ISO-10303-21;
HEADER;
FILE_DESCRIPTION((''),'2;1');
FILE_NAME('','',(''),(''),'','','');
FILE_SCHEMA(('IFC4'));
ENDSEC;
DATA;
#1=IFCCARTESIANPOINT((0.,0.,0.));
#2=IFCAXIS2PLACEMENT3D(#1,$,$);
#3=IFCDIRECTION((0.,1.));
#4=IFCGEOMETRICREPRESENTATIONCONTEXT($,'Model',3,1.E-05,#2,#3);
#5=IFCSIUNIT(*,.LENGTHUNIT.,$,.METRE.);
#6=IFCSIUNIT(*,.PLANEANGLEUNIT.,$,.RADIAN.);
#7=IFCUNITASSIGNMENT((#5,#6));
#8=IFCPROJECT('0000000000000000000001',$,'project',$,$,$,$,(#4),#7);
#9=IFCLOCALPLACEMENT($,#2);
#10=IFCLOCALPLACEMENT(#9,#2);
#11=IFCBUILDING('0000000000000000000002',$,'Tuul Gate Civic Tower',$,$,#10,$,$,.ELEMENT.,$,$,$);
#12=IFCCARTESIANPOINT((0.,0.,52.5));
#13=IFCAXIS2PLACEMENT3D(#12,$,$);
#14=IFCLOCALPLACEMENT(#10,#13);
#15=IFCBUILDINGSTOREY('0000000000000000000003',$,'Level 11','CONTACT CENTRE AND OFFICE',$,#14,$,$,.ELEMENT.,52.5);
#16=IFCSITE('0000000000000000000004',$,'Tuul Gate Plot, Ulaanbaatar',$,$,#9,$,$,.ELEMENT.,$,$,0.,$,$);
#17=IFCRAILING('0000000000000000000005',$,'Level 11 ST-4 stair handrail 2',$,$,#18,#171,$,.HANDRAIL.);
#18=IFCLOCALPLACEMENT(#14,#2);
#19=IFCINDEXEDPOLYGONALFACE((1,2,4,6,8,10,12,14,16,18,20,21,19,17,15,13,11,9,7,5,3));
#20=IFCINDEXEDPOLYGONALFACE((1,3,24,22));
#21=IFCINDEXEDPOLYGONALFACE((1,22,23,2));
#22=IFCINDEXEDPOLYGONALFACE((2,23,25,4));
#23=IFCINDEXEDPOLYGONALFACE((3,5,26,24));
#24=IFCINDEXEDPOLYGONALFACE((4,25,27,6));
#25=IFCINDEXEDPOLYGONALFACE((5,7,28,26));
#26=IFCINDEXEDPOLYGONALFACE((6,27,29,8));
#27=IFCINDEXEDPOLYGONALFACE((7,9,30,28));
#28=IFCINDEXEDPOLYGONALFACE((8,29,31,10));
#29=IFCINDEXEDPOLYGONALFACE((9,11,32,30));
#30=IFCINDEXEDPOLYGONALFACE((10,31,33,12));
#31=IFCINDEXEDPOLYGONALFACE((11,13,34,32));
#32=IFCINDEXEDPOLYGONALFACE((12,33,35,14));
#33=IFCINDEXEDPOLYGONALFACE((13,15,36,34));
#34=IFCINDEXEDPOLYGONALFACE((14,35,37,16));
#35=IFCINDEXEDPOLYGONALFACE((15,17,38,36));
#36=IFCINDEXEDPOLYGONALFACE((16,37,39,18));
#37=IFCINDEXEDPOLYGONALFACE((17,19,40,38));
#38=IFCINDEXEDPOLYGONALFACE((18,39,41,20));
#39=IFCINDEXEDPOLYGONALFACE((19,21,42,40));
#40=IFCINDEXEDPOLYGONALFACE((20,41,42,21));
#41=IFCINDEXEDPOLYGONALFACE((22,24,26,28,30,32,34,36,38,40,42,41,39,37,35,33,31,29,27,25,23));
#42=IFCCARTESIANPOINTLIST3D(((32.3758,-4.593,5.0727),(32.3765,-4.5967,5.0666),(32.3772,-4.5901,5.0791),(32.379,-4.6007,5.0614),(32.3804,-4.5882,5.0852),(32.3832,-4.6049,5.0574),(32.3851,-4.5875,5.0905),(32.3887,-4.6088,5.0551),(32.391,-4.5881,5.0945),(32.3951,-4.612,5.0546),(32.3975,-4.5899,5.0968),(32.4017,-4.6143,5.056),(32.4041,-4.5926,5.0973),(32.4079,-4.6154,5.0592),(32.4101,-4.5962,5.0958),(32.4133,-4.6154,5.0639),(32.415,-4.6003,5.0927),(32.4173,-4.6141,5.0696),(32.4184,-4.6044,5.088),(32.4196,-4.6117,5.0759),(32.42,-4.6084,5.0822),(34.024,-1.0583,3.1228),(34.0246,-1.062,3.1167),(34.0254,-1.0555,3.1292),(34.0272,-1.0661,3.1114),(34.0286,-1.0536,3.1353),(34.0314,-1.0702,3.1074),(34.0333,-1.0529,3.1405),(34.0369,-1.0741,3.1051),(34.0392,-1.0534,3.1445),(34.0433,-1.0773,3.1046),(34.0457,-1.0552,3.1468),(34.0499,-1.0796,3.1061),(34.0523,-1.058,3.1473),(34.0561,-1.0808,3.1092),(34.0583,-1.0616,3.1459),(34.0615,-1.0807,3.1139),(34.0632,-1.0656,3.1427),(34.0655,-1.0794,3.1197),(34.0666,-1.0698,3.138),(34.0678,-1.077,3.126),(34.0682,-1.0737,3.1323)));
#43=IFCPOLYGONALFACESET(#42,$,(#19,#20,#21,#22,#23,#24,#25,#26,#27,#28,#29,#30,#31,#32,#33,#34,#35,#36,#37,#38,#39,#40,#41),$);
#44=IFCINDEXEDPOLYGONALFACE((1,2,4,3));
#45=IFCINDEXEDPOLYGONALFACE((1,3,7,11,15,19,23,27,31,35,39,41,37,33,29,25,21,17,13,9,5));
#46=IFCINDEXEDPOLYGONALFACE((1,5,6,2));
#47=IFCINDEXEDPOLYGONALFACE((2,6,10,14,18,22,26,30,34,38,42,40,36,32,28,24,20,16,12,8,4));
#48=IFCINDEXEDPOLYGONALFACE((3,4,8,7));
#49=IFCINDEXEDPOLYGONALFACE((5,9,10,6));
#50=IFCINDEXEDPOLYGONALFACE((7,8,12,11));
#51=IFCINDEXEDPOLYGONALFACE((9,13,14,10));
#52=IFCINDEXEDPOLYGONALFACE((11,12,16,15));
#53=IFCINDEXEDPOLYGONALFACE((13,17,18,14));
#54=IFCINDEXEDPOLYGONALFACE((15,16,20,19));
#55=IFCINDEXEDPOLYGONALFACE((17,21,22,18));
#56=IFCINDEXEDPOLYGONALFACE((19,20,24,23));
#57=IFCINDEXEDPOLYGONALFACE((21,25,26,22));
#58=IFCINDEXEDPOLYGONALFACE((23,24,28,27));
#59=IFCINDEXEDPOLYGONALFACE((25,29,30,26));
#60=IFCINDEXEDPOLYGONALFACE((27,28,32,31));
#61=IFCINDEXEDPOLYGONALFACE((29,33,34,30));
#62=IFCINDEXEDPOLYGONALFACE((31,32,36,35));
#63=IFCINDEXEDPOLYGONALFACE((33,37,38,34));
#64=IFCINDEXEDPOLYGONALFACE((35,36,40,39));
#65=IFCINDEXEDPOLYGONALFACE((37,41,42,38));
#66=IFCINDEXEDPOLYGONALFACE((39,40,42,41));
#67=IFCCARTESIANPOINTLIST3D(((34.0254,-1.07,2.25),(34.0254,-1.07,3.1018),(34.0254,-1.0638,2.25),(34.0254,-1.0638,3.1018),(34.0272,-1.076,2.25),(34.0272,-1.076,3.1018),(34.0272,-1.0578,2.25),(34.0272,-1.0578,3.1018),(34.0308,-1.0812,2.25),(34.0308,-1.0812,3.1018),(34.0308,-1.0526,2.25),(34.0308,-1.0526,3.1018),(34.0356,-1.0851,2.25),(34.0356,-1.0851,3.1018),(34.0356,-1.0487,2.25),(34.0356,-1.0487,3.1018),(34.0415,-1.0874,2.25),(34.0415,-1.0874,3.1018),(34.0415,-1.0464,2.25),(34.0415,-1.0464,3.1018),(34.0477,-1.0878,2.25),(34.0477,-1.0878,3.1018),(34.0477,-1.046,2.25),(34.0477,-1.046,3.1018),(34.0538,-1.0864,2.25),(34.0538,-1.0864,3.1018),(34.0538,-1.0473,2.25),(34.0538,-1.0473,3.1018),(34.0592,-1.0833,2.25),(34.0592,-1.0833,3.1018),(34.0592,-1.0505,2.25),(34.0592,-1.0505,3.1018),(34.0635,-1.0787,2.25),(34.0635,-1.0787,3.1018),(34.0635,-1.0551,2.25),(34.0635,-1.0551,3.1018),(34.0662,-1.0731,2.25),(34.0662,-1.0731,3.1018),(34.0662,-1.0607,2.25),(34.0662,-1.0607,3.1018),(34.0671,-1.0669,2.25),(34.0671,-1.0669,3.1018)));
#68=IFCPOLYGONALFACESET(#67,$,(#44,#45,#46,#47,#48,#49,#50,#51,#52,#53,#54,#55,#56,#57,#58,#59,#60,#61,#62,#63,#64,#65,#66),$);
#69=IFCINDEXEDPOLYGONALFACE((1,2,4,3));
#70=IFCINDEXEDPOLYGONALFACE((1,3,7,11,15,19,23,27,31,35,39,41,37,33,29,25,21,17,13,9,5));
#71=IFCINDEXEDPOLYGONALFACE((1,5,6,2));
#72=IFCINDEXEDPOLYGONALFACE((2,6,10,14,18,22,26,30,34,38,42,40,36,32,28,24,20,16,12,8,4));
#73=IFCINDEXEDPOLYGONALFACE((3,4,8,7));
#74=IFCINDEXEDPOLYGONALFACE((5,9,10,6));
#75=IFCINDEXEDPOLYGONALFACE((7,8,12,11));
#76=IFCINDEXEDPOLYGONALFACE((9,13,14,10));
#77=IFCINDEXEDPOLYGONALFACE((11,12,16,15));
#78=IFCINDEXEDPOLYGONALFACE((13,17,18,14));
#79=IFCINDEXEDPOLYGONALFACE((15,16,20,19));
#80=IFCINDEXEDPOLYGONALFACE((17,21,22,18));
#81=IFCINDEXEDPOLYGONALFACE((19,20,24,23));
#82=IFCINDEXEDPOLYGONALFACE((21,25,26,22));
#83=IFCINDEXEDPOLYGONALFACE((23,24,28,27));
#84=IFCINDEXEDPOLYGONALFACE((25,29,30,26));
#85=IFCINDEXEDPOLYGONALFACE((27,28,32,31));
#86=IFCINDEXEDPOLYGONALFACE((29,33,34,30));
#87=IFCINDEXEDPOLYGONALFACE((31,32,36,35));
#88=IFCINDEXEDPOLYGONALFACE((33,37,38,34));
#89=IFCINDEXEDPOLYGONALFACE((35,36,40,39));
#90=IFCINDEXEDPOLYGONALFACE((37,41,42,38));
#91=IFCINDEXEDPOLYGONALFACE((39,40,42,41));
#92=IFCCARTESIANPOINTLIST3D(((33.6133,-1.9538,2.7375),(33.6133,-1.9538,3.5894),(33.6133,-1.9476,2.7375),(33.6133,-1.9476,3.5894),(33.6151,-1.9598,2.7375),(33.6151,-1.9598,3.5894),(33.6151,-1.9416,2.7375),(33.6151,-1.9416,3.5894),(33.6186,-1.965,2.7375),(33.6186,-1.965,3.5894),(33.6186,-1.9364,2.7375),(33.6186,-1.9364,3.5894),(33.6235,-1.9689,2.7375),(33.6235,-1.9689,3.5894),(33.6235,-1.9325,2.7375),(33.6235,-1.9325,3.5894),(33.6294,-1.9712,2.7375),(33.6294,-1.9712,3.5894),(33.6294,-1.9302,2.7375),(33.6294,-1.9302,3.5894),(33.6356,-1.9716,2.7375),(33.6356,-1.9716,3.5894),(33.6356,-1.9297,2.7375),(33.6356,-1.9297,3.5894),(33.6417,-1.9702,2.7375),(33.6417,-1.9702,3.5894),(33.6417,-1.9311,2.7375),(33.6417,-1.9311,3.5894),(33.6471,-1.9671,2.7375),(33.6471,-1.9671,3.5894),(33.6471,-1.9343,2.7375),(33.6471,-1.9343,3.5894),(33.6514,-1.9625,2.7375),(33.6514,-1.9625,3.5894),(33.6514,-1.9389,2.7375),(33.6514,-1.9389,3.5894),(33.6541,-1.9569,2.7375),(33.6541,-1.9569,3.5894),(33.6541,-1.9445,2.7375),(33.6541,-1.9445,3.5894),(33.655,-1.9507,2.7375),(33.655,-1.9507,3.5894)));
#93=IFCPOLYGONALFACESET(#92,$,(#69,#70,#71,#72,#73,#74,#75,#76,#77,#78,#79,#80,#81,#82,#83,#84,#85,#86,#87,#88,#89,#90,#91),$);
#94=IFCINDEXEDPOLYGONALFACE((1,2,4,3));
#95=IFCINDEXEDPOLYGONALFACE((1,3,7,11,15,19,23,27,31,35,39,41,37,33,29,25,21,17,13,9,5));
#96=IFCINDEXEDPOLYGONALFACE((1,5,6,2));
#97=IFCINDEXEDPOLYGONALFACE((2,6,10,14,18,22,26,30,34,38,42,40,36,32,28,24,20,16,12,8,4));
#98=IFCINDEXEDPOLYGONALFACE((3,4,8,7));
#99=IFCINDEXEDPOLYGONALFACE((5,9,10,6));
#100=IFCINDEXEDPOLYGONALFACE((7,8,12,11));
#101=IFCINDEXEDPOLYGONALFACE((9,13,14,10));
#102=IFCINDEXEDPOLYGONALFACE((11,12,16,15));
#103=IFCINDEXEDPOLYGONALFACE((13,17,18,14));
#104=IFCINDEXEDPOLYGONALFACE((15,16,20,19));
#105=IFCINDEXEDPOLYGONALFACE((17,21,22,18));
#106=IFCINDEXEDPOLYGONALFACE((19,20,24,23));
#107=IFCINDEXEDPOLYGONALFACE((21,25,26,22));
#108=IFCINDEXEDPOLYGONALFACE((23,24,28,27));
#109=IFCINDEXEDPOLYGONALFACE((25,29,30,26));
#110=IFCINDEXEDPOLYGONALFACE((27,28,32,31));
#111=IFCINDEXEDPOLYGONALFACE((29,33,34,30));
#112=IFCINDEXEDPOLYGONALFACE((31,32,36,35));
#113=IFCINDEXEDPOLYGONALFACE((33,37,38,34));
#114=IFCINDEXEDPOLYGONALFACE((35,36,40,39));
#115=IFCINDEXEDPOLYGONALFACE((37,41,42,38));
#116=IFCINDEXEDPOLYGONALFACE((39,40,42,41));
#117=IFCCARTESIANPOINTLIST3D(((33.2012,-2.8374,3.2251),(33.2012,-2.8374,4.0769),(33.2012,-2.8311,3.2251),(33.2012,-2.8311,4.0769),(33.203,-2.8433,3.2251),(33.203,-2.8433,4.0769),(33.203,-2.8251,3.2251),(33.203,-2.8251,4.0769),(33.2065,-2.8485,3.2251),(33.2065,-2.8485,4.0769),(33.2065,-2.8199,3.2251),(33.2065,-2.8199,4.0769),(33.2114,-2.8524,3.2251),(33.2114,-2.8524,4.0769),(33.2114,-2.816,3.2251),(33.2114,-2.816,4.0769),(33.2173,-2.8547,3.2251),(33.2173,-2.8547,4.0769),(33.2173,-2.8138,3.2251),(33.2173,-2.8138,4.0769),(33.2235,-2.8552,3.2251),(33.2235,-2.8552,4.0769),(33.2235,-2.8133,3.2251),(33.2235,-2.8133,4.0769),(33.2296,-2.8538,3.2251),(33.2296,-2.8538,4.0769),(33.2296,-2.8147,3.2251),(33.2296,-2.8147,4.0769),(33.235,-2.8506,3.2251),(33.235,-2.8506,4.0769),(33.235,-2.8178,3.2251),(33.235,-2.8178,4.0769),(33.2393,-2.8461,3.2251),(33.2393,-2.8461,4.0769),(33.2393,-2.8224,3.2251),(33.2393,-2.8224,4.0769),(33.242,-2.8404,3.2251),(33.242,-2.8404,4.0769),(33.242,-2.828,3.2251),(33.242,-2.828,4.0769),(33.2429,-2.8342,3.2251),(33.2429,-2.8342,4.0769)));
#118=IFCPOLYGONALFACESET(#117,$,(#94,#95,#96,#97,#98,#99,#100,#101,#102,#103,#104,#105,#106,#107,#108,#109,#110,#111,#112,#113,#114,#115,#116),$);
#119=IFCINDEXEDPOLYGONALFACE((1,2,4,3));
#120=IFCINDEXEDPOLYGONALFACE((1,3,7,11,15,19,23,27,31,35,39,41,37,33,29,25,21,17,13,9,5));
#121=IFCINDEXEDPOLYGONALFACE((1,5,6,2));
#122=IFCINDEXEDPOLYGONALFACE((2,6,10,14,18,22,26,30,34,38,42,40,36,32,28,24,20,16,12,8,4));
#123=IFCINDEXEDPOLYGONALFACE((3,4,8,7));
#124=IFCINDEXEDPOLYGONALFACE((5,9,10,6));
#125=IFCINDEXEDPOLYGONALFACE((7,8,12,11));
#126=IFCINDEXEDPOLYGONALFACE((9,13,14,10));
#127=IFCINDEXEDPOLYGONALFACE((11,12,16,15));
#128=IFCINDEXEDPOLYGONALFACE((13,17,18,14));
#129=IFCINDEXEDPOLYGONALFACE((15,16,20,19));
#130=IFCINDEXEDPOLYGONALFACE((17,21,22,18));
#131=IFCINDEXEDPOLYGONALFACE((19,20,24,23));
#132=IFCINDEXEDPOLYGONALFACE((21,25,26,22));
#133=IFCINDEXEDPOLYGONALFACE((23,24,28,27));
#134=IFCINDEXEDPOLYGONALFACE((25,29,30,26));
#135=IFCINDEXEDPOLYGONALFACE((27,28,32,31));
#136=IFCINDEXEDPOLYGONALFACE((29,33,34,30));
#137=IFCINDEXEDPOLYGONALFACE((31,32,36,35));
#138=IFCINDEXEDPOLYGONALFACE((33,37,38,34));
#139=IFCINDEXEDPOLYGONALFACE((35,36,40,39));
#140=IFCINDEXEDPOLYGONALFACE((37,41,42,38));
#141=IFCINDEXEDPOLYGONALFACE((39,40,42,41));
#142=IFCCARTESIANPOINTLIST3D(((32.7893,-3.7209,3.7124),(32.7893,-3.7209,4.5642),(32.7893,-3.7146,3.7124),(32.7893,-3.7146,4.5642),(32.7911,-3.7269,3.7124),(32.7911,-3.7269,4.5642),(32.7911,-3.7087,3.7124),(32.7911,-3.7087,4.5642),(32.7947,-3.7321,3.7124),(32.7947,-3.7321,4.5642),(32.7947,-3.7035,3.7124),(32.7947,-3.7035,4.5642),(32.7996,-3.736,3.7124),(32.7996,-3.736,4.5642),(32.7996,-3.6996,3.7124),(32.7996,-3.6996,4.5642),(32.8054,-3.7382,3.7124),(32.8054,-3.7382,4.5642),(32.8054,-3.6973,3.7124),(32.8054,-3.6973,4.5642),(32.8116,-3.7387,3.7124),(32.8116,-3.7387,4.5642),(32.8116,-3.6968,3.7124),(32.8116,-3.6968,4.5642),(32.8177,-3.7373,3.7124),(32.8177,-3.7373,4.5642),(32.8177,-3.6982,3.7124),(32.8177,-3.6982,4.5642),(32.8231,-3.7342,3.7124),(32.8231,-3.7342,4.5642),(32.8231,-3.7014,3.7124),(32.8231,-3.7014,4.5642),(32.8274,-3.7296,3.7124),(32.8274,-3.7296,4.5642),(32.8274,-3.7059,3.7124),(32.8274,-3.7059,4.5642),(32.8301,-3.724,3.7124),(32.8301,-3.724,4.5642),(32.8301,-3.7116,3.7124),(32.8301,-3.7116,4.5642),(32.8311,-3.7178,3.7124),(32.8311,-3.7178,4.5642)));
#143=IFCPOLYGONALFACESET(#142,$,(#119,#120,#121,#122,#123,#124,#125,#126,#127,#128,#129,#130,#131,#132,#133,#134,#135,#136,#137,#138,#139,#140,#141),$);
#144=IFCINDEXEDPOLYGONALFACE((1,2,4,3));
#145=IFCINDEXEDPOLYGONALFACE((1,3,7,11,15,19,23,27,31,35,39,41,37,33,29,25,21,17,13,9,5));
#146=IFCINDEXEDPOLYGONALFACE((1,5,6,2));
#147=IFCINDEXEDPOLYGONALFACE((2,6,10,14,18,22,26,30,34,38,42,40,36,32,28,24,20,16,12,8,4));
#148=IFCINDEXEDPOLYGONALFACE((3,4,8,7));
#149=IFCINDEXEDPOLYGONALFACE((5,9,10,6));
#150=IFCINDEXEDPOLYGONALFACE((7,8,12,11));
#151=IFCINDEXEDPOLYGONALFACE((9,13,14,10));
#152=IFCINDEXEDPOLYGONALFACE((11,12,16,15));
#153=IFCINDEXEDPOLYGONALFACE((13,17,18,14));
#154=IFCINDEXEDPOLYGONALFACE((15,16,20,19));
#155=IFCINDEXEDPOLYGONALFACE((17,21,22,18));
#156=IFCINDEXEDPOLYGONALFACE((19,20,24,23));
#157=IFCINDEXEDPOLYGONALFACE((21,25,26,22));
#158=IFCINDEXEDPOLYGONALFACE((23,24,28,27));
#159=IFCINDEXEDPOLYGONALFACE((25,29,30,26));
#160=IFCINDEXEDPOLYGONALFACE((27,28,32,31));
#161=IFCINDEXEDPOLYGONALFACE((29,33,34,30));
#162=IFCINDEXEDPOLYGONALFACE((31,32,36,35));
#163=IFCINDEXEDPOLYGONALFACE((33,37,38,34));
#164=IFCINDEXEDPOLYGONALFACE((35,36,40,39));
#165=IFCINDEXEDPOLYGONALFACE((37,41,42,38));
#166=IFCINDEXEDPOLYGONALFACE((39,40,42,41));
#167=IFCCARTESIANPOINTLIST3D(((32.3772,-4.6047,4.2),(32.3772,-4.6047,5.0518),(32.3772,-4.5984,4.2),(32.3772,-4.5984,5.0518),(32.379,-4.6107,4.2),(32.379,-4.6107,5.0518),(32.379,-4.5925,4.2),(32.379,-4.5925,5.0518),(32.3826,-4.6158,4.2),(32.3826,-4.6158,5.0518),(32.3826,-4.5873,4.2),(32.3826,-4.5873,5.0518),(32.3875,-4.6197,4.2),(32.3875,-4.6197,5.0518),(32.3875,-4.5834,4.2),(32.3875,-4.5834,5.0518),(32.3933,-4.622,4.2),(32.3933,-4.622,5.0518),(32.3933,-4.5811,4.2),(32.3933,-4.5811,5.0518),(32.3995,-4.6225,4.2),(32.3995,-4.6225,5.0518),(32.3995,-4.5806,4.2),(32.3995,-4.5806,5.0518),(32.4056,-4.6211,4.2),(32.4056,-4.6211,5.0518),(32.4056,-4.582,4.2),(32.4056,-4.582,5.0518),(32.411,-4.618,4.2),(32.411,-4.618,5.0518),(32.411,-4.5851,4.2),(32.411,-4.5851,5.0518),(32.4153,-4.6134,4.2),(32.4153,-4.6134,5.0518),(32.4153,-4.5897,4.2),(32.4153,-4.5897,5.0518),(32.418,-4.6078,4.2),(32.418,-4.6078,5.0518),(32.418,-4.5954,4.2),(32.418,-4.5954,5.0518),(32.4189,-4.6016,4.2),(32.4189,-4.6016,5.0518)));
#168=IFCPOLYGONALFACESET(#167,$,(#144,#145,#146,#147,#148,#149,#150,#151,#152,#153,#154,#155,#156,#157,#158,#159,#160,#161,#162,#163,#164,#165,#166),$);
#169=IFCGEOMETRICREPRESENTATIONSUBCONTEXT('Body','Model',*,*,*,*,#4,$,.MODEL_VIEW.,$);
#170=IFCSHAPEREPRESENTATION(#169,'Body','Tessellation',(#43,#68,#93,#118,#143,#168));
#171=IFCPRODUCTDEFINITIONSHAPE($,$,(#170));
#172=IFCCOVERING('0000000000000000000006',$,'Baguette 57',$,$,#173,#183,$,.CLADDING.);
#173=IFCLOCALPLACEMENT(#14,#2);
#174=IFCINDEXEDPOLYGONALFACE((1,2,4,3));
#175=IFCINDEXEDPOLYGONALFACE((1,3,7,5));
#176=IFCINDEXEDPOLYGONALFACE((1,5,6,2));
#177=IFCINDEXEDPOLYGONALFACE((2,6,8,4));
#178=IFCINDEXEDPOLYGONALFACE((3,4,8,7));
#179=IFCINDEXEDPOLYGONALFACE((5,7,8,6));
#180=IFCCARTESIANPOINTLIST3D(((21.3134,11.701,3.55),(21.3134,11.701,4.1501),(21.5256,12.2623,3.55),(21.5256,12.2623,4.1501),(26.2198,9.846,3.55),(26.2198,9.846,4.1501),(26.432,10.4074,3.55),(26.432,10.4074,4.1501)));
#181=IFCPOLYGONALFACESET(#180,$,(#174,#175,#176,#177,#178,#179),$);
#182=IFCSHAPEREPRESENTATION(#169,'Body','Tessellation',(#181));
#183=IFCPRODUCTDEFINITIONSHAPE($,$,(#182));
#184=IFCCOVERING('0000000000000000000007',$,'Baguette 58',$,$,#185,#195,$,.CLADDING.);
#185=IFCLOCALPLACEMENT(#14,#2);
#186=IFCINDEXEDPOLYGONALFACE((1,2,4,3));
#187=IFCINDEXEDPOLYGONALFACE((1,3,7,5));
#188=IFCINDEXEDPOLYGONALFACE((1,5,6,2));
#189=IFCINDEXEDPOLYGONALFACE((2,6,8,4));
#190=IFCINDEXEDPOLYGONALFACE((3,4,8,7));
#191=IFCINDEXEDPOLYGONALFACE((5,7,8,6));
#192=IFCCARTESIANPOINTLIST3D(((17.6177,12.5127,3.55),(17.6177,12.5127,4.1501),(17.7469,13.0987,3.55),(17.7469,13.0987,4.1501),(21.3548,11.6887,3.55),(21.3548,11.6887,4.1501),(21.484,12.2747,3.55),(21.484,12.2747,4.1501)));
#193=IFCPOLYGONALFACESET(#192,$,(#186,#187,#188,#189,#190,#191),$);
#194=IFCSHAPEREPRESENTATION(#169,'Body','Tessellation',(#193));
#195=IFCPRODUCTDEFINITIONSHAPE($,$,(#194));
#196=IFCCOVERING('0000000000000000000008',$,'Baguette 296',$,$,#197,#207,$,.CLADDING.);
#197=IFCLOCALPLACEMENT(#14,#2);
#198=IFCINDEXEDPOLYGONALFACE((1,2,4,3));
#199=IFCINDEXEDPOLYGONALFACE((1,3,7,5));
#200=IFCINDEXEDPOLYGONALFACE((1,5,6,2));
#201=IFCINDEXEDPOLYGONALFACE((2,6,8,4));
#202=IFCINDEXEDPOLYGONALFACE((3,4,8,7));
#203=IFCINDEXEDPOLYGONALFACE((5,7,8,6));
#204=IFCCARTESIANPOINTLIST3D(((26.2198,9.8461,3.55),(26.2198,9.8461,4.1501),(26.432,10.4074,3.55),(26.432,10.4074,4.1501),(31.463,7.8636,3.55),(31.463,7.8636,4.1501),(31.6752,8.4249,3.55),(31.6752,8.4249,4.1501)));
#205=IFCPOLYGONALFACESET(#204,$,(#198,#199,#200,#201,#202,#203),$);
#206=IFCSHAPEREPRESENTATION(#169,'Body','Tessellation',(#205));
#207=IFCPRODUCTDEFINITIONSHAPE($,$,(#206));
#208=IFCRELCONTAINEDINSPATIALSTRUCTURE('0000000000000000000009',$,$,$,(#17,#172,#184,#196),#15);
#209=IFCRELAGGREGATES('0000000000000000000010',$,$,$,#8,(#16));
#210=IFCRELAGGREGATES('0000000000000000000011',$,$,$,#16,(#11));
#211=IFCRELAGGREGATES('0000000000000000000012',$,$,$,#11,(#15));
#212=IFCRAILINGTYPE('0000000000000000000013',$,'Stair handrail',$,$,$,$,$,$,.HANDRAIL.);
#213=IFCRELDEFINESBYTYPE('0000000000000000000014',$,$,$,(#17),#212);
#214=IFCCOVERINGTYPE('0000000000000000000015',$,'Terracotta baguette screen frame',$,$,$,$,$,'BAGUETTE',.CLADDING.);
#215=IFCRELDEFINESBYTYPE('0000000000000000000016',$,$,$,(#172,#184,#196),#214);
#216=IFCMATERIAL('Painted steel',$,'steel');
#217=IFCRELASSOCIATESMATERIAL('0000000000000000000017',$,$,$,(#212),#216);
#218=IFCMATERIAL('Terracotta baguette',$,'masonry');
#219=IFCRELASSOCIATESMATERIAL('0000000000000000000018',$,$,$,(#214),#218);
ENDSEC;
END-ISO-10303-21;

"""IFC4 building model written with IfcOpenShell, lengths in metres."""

from ifc_helpers import new_model, si_unit, direction, frame, origin, origin_2d, place, context, subcontext, project, spatial, rectangle, circle, extrude, material, material_profile, profile_set, type_object, element, save


model = new_model("IFC4")

# Units and contexts
model_context = context("Model", 3, precision=1e-05, world=origin(), true_north=direction((0.0, 1.0)))
body_context = subcontext(model_context, "Body", "Model", "MODEL_VIEW")
ifc_project = project(units=[si_unit("LENGTHUNIT", "METRE"), si_unit("PLANEANGLEUNIT", "RADIAN")], contexts=[model_context])

# Site, building, storey
site_placement = place(None, origin())
site = spatial("IfcSite", under=ifc_project, at=site_placement, Name="Tuul Gate Plot, Ulaanbaatar", CompositionType="ELEMENT", RefElevation=0.0)
building_placement = place(site_placement, origin())
building = spatial("IfcBuilding", under=site, at=building_placement, Name="Tuul Gate Civic Tower", CompositionType="ELEMENT")
storey_placement = place(building_placement, frame((0.0, 0.0, 52.5)))
storey = spatial("IfcBuildingStorey", under=building, at=storey_placement, Name="Level 11", Description="CONTACT CENTRE AND OFFICE", CompositionType="ELEMENT", Elevation=52.5)

# Railing
ifc_material_1 = material(Name="Painted steel", Category="steel")
railing_type = type_object("IfcRailingType", Name="Stair handrail", PredefinedType="HANDRAIL", material=ifc_material_1)
railing_placement = place(storey_placement, frame((34.0461, -1.0669, 2.25)))
element("IfcRailing", 1, at=railing_placement, inside=storey, type_object=railing_type, Name="Level 11 ST-4 stair handrail 2", PredefinedType="HANDRAIL", context=body_context, shape_type="SweptSolid", body=[
    extrude(circle(Radius=0.0239, at=origin_2d()), frame((0.0, 0.0, 0.876), z_axis=(-0.377995, -0.810637, 0.4472), x_axis=(0.906313, -0.422608, 0.0)), (0.0, 0.0, 1.0), 4.3604),
    extrude(circle(Radius=0.021, at=origin_2d()), origin(), (0.0, 0.0, 1.0), 0.8518),
    extrude(circle(Radius=0.021, at=origin_2d()), frame((-0.4121, -0.8838, 0.4875)), (0.0, 0.0, 1.0), 0.8518),
    extrude(circle(Radius=0.021, at=origin_2d()), frame((-0.8242, -1.7673, 0.9751)), (0.0, 0.0, 1.0), 0.8518),
    extrude(circle(Radius=0.021, at=origin_2d()), frame((-1.2361, -2.6509, 1.4624)), (0.0, 0.0, 1.0), 0.8518),
    extrude(circle(Radius=0.021, at=origin_2d()), frame((-1.6482, -3.5347, 1.95)), (0.0, 0.0, 1.0), 0.8518),
])

# Coverings
ifc_material_2 = material(Name="Terracotta baguette", Category="masonry")
ifc_material_profile_1 = material_profile(ifc_material_2, rectangle(XDim=0.6001, YDim=0.6001, at=origin_2d()), Name="Terracotta baguette screen frame")
ifc_profile_set_1 = profile_set([ifc_material_profile_1], Name="Terracotta baguette")
covering_type = type_object("IfcCoveringType", Name="Terracotta baguette screen frame", ElementType="BAGUETTE", PredefinedType="CLADDING", material=ifc_profile_set_1)
covering_1_placement = place(storey_placement, frame((26.3259, 10.1267, 3.8501), z_axis=(-0.935383, 0.353637, 0.0), x_axis=(-0.353637, -0.935383, 0.0)))
element("IfcCovering", 2, at=covering_1_placement, inside=storey, type_object=covering_type, Name="Baguette 57", PredefinedType="CLADDING", context=body_context, shape_type="SweptSolid", body=[
    extrude(rectangle(XDim=0.6001, YDim=0.6001, at=origin_2d()), origin(), (0.0, 0.0, 1.0), 5.2454),
])
covering_2_placement = place(storey_placement, frame((21.4194, 11.9817, 3.8501), z_axis=(-0.976544, 0.215316, 0.0), x_axis=(-0.215316, -0.976544, 0.0)))
element("IfcCovering", 3, at=covering_2_placement, inside=storey, type_object=covering_type, Name="Baguette 58", PredefinedType="CLADDING", context=body_context, shape_type="SweptSolid", body=[
    extrude(rectangle(XDim=0.6001, YDim=0.6001, at=origin_2d()), origin(), (0.0, 0.0, 1.0), 3.8269),
])
covering_3_placement = place(storey_placement, frame((31.5691, 8.1443, 3.8501), z_axis=(-0.935374, 0.353661, 0.0), x_axis=(-0.353661, -0.935374, 0.0)))
element("IfcCovering", 4, at=covering_3_placement, inside=storey, type_object=covering_type, Name="Baguette 296", PredefinedType="CLADDING", context=body_context, shape_type="SweptSolid", body=[
    extrude(rectangle(XDim=0.6001, YDim=0.6001, at=origin_2d()), origin(), (0.0, 0.0, 1.0), 5.6055),
])

save(model, "model.ifc")
